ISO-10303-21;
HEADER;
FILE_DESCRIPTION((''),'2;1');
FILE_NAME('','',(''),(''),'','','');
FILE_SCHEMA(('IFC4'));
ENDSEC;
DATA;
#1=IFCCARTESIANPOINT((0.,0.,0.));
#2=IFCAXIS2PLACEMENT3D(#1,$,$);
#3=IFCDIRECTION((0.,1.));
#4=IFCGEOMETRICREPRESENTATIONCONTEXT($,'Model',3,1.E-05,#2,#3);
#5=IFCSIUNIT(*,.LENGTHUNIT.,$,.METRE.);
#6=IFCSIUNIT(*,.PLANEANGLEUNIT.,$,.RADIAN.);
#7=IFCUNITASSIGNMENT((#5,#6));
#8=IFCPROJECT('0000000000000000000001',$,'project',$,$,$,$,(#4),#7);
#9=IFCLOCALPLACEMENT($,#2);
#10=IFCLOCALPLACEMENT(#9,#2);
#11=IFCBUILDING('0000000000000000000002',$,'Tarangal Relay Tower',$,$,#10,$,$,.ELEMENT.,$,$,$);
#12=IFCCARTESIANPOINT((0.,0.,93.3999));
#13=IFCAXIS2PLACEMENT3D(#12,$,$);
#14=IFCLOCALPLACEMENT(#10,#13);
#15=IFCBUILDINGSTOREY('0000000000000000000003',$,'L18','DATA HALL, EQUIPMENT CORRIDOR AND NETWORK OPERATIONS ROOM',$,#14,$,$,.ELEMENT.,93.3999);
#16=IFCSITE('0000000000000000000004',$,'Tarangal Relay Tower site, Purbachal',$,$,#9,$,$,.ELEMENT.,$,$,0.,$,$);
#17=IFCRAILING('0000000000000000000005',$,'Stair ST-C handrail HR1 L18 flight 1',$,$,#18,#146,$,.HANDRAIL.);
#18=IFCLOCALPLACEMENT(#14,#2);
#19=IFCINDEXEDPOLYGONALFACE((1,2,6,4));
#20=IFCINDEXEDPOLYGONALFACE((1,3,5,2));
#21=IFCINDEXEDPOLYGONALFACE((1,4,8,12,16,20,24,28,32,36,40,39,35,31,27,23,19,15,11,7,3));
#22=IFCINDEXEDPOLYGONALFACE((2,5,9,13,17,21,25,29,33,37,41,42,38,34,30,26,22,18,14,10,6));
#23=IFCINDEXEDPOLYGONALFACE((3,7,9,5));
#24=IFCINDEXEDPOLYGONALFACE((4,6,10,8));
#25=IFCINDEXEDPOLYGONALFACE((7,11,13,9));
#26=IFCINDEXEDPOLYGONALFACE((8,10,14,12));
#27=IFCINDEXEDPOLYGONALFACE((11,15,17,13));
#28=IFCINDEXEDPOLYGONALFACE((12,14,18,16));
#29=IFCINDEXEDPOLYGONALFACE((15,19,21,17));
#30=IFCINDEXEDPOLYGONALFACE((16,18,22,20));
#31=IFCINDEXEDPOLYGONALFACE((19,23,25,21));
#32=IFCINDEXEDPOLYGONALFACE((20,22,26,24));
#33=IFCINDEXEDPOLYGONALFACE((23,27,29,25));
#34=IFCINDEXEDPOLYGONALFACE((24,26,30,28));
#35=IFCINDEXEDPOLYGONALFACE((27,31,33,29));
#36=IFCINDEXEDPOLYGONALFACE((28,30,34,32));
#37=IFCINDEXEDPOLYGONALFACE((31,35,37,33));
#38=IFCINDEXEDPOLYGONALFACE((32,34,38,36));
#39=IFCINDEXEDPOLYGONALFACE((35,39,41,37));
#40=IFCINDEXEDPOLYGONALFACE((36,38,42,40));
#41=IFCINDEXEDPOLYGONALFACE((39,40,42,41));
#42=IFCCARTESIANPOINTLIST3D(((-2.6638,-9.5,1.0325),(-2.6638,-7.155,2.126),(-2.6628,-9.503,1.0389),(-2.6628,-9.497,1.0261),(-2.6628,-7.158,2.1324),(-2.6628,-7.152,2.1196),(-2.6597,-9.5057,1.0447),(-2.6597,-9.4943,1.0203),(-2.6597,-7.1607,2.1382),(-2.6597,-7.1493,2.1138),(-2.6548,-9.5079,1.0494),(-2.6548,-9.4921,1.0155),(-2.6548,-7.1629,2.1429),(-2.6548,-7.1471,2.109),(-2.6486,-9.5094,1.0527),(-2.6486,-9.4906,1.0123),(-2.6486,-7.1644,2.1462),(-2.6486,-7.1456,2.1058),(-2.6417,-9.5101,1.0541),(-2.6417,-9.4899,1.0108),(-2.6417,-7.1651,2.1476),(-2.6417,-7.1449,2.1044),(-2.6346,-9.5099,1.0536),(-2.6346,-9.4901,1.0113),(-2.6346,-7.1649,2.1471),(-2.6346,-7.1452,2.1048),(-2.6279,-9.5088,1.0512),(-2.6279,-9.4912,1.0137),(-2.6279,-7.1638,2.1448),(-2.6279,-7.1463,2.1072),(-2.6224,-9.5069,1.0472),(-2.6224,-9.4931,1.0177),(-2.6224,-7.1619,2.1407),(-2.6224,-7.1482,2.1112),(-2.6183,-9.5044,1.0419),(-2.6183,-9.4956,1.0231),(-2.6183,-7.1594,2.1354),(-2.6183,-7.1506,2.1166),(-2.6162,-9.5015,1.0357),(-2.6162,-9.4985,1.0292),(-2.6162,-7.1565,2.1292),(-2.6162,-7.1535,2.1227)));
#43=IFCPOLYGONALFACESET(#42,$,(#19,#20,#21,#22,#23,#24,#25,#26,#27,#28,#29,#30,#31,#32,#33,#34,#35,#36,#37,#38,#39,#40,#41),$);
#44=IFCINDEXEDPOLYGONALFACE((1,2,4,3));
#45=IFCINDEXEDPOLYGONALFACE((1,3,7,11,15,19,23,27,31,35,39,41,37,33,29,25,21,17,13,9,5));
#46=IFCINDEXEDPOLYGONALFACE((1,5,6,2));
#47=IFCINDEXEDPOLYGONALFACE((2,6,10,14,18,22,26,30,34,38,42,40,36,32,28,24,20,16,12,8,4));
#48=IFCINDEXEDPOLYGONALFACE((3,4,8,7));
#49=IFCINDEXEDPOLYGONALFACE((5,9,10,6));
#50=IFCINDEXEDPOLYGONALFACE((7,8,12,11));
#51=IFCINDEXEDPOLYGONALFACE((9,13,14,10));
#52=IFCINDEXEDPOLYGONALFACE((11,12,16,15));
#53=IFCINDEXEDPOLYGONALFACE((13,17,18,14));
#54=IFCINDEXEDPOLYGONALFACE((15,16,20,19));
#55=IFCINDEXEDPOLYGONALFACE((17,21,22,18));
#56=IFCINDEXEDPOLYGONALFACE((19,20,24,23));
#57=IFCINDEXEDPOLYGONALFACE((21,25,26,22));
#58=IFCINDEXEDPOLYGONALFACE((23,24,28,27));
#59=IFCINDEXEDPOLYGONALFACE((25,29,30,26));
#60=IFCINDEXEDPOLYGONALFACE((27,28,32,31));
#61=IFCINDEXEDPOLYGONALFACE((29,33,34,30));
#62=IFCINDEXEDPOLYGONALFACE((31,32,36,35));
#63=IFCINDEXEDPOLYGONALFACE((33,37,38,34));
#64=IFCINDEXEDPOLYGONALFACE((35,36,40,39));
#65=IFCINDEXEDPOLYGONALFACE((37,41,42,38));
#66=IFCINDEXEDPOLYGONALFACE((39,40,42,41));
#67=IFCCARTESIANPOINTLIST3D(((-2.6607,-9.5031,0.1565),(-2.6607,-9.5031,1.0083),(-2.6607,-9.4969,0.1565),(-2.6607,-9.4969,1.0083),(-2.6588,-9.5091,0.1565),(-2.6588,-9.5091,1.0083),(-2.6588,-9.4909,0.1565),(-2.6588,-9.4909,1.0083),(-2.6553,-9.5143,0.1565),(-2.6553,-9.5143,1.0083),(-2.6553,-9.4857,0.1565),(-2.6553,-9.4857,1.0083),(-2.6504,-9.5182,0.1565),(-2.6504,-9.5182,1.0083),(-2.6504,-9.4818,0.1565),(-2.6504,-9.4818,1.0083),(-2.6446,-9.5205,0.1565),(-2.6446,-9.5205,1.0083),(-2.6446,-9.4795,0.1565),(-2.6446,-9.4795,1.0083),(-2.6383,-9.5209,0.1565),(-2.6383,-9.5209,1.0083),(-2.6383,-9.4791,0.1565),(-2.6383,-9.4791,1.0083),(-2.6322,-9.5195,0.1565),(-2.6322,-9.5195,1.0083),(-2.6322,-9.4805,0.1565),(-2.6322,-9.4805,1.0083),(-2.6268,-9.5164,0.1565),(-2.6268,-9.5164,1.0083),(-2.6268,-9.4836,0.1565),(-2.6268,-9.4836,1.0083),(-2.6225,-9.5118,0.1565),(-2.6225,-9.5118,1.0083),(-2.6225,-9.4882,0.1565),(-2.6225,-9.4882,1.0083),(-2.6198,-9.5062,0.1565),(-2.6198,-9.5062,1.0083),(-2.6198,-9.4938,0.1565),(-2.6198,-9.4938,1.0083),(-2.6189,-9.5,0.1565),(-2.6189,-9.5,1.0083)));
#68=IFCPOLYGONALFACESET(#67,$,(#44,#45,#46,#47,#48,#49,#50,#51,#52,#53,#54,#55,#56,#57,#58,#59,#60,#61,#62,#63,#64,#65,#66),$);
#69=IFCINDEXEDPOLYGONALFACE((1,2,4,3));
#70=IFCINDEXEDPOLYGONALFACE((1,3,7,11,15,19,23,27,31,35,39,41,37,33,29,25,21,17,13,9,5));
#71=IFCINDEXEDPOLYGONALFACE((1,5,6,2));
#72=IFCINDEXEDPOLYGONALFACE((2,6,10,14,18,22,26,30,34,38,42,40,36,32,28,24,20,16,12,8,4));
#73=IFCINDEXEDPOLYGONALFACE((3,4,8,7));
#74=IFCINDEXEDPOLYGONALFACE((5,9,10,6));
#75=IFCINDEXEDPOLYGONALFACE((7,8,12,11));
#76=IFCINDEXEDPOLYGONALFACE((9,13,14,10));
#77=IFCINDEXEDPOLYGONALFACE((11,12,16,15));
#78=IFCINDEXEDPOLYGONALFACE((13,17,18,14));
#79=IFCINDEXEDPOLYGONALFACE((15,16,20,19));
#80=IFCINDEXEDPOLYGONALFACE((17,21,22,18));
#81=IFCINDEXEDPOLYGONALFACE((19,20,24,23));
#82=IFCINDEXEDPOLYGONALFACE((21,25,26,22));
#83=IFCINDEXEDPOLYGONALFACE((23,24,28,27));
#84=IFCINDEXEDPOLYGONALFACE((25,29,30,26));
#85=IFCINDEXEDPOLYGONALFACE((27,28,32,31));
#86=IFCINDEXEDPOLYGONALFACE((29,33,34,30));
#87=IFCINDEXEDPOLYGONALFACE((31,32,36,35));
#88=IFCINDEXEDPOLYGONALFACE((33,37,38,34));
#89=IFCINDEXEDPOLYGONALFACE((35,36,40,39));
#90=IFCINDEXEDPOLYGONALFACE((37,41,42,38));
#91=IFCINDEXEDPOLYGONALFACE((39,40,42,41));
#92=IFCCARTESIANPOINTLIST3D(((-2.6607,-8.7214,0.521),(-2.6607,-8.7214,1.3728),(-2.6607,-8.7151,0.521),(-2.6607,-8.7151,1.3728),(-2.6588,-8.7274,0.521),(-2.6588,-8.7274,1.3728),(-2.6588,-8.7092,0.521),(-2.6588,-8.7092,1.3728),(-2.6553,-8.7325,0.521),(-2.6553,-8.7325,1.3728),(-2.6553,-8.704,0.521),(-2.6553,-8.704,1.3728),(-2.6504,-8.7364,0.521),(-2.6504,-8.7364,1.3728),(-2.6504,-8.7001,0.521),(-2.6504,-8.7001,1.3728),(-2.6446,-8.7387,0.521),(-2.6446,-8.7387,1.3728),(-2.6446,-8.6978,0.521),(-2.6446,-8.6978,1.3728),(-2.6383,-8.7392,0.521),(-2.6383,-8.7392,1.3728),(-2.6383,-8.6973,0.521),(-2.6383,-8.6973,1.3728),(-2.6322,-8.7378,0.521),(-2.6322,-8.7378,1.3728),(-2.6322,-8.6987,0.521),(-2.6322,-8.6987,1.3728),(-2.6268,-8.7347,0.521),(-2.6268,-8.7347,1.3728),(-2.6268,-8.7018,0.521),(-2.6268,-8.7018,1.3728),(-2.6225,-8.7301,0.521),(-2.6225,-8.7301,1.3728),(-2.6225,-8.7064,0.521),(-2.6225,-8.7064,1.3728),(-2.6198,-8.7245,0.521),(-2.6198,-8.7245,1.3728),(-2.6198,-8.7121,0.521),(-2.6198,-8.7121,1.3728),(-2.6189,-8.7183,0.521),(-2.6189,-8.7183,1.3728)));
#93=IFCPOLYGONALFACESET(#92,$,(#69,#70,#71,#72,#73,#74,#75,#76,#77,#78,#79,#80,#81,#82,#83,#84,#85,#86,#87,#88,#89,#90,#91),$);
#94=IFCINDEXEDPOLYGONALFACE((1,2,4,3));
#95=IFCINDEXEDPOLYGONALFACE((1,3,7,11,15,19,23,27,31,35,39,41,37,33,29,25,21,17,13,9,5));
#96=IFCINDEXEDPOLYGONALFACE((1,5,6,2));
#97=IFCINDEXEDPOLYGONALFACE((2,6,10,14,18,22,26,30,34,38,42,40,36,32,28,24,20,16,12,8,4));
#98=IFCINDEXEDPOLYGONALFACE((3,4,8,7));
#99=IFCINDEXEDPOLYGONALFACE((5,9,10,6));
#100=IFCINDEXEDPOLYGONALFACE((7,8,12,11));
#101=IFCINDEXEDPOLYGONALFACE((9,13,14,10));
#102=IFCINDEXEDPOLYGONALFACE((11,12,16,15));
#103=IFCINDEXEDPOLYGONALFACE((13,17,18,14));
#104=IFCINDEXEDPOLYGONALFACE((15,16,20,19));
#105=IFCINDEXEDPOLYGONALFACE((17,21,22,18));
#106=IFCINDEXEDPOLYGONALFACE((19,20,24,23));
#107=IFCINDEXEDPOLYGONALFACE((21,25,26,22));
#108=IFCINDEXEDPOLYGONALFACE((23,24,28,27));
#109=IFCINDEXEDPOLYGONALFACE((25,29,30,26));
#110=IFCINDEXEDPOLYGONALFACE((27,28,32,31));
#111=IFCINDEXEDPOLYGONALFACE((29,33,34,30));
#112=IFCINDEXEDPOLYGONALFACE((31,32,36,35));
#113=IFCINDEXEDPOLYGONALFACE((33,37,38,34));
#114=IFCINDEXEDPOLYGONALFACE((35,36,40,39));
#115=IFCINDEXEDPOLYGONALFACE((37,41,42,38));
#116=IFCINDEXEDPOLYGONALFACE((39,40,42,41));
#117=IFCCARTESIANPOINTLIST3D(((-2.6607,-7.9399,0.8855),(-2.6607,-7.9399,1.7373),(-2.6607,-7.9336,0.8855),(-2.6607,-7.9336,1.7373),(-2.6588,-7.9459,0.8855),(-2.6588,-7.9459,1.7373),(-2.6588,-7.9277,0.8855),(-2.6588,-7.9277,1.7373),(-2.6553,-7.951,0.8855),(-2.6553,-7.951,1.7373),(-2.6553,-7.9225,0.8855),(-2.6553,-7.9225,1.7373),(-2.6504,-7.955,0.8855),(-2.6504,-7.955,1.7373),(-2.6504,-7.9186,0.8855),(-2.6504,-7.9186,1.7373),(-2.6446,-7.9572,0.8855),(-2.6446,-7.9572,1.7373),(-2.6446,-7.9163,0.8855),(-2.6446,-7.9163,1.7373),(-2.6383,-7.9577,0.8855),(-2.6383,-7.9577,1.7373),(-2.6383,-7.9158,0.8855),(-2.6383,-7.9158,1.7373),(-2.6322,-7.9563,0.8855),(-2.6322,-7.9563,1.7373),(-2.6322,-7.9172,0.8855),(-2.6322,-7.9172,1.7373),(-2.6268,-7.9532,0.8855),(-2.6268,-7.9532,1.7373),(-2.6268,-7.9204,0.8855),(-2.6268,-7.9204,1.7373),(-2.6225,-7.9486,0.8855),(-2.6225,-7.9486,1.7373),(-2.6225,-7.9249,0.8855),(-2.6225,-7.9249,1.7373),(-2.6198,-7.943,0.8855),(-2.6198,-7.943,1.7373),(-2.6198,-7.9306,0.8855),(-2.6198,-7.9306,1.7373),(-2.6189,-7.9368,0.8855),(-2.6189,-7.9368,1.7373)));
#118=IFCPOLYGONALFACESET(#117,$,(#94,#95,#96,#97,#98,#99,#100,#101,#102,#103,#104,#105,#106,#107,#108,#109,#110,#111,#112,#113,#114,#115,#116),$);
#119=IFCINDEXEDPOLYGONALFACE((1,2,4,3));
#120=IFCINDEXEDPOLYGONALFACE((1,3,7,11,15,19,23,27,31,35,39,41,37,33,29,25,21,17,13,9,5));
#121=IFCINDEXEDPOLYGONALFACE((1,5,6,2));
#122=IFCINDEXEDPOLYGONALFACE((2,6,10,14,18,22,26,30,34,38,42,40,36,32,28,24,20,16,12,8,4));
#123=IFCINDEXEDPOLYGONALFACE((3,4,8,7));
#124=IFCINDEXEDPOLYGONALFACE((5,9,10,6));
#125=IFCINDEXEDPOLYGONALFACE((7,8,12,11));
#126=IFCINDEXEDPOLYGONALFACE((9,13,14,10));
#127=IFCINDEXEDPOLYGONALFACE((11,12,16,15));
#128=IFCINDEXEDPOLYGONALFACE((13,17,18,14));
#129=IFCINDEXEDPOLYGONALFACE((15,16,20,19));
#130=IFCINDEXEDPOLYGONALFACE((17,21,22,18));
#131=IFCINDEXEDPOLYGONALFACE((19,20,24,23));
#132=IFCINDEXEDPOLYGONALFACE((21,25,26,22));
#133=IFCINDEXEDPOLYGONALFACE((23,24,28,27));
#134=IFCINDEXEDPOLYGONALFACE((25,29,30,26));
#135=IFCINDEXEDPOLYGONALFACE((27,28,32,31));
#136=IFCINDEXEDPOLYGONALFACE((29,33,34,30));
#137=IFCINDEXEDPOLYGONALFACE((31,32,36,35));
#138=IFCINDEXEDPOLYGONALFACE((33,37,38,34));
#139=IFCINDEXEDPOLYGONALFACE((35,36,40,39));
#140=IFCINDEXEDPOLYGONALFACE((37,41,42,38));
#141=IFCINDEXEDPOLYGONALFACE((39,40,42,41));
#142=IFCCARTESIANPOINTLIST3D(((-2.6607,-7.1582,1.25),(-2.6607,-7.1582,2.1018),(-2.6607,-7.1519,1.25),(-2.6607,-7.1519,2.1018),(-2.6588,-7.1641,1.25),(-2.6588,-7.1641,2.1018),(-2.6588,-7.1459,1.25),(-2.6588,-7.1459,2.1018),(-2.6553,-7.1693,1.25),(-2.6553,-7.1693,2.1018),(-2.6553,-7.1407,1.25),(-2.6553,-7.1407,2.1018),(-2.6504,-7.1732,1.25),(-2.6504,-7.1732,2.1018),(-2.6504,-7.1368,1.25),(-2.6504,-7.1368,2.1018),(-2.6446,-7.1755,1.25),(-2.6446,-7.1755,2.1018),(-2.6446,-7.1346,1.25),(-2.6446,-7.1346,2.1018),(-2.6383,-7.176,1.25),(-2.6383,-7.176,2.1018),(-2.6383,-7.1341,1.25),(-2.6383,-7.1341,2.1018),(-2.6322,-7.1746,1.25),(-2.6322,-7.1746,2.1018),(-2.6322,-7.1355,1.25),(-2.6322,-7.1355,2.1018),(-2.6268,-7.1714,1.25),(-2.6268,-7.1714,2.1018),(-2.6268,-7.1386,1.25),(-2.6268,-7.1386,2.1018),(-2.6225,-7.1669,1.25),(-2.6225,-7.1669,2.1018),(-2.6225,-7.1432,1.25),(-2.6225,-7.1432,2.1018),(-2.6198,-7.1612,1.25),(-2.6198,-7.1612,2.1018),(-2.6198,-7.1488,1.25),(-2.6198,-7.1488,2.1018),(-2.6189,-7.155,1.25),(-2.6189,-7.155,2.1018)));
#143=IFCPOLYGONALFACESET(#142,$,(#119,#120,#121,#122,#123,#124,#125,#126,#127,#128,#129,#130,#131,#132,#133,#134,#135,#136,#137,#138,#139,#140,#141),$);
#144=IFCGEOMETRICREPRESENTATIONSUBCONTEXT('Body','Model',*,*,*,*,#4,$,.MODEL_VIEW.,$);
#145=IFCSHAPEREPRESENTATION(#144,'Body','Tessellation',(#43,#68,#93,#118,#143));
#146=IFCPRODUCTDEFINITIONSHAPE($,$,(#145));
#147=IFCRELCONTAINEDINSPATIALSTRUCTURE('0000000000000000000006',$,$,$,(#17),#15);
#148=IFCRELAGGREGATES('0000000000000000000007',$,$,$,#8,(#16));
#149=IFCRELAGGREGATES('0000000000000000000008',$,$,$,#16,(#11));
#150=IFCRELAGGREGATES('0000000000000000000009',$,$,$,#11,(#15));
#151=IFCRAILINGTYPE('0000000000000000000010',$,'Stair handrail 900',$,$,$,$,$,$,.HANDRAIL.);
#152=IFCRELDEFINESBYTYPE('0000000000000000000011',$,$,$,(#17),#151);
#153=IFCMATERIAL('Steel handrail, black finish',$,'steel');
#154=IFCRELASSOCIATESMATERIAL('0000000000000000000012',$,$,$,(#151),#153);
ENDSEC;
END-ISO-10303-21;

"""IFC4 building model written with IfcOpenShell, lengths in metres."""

from ifc_helpers import new_model, si_unit, direction, frame, origin, origin_2d, place, context, subcontext, project, spatial, circle, extrude, material, type_object, element, save


model = new_model("IFC4")

# Units and contexts
model_context = context("Model", 3, precision=1e-05, world=origin(), true_north=direction((0.0, 1.0)))
body_context = subcontext(model_context, "Body", "Model", "MODEL_VIEW")
ifc_project = project(units=[si_unit("LENGTHUNIT", "METRE"), si_unit("PLANEANGLEUNIT", "RADIAN")], contexts=[model_context])

# Site, building, storey
site_placement = place(None, origin())
site = spatial("IfcSite", under=ifc_project, at=site_placement, Name="Tarangal Relay Tower site, Purbachal", CompositionType="ELEMENT", RefElevation=0.0)
building_placement = place(site_placement, origin())
building = spatial("IfcBuilding", under=site, at=building_placement, Name="Tarangal Relay Tower", CompositionType="ELEMENT")
storey_placement = place(building_placement, frame((0.0, 0.0, 93.3999)))
storey = spatial("IfcBuildingStorey", under=building, at=storey_placement, Name="L18", Description="DATA HALL, EQUIPMENT CORRIDOR AND NETWORK OPERATIONS ROOM", CompositionType="ELEMENT", Elevation=93.3999)

# Railing
ifc_material_1 = material(Name="Steel handrail, black finish", Category="steel")
railing_type_1 = type_object("IfcRailingType", Name="Stair handrail 900", PredefinedType="HANDRAIL", material=ifc_material_1)
for number, where, name in (
    (1, (-2.6399, -9.5, 0.1565), "Stair ST-C handrail HR1 L18 flight 1"),
):
    element("IfcRailing", number, at=place(storey_placement, frame(where)), inside=storey, type_object=railing_type_1, Name=name, PredefinedType="HANDRAIL", context=body_context, shape_type="SweptSolid", body=[
        extrude(circle(Radius=0.0239, at=origin_2d()), frame((0.0, 0.0, 0.876), z_axis=(0.0, 0.906304, 0.422627), x_axis=(-1.0, 0.0, 0.0)), (0.0, 0.0, 1.0), 2.5874),
        extrude(circle(Radius=0.021, at=origin_2d()), origin(), (0.0, 0.0, 1.0), 0.8518),
        extrude(circle(Radius=0.021, at=origin_2d()), frame((0.0, 0.7817, 0.3645)), (0.0, 0.0, 1.0), 0.8518),
        extrude(circle(Radius=0.021, at=origin_2d()), frame((0.0, 1.5632, 0.729)), (0.0, 0.0, 1.0), 0.8518),
        extrude(circle(Radius=0.021, at=origin_2d()), frame((0.0, 2.345, 1.0935)), (0.0, 0.0, 1.0), 0.8518),
    ])

save(model, "model.ifc")
